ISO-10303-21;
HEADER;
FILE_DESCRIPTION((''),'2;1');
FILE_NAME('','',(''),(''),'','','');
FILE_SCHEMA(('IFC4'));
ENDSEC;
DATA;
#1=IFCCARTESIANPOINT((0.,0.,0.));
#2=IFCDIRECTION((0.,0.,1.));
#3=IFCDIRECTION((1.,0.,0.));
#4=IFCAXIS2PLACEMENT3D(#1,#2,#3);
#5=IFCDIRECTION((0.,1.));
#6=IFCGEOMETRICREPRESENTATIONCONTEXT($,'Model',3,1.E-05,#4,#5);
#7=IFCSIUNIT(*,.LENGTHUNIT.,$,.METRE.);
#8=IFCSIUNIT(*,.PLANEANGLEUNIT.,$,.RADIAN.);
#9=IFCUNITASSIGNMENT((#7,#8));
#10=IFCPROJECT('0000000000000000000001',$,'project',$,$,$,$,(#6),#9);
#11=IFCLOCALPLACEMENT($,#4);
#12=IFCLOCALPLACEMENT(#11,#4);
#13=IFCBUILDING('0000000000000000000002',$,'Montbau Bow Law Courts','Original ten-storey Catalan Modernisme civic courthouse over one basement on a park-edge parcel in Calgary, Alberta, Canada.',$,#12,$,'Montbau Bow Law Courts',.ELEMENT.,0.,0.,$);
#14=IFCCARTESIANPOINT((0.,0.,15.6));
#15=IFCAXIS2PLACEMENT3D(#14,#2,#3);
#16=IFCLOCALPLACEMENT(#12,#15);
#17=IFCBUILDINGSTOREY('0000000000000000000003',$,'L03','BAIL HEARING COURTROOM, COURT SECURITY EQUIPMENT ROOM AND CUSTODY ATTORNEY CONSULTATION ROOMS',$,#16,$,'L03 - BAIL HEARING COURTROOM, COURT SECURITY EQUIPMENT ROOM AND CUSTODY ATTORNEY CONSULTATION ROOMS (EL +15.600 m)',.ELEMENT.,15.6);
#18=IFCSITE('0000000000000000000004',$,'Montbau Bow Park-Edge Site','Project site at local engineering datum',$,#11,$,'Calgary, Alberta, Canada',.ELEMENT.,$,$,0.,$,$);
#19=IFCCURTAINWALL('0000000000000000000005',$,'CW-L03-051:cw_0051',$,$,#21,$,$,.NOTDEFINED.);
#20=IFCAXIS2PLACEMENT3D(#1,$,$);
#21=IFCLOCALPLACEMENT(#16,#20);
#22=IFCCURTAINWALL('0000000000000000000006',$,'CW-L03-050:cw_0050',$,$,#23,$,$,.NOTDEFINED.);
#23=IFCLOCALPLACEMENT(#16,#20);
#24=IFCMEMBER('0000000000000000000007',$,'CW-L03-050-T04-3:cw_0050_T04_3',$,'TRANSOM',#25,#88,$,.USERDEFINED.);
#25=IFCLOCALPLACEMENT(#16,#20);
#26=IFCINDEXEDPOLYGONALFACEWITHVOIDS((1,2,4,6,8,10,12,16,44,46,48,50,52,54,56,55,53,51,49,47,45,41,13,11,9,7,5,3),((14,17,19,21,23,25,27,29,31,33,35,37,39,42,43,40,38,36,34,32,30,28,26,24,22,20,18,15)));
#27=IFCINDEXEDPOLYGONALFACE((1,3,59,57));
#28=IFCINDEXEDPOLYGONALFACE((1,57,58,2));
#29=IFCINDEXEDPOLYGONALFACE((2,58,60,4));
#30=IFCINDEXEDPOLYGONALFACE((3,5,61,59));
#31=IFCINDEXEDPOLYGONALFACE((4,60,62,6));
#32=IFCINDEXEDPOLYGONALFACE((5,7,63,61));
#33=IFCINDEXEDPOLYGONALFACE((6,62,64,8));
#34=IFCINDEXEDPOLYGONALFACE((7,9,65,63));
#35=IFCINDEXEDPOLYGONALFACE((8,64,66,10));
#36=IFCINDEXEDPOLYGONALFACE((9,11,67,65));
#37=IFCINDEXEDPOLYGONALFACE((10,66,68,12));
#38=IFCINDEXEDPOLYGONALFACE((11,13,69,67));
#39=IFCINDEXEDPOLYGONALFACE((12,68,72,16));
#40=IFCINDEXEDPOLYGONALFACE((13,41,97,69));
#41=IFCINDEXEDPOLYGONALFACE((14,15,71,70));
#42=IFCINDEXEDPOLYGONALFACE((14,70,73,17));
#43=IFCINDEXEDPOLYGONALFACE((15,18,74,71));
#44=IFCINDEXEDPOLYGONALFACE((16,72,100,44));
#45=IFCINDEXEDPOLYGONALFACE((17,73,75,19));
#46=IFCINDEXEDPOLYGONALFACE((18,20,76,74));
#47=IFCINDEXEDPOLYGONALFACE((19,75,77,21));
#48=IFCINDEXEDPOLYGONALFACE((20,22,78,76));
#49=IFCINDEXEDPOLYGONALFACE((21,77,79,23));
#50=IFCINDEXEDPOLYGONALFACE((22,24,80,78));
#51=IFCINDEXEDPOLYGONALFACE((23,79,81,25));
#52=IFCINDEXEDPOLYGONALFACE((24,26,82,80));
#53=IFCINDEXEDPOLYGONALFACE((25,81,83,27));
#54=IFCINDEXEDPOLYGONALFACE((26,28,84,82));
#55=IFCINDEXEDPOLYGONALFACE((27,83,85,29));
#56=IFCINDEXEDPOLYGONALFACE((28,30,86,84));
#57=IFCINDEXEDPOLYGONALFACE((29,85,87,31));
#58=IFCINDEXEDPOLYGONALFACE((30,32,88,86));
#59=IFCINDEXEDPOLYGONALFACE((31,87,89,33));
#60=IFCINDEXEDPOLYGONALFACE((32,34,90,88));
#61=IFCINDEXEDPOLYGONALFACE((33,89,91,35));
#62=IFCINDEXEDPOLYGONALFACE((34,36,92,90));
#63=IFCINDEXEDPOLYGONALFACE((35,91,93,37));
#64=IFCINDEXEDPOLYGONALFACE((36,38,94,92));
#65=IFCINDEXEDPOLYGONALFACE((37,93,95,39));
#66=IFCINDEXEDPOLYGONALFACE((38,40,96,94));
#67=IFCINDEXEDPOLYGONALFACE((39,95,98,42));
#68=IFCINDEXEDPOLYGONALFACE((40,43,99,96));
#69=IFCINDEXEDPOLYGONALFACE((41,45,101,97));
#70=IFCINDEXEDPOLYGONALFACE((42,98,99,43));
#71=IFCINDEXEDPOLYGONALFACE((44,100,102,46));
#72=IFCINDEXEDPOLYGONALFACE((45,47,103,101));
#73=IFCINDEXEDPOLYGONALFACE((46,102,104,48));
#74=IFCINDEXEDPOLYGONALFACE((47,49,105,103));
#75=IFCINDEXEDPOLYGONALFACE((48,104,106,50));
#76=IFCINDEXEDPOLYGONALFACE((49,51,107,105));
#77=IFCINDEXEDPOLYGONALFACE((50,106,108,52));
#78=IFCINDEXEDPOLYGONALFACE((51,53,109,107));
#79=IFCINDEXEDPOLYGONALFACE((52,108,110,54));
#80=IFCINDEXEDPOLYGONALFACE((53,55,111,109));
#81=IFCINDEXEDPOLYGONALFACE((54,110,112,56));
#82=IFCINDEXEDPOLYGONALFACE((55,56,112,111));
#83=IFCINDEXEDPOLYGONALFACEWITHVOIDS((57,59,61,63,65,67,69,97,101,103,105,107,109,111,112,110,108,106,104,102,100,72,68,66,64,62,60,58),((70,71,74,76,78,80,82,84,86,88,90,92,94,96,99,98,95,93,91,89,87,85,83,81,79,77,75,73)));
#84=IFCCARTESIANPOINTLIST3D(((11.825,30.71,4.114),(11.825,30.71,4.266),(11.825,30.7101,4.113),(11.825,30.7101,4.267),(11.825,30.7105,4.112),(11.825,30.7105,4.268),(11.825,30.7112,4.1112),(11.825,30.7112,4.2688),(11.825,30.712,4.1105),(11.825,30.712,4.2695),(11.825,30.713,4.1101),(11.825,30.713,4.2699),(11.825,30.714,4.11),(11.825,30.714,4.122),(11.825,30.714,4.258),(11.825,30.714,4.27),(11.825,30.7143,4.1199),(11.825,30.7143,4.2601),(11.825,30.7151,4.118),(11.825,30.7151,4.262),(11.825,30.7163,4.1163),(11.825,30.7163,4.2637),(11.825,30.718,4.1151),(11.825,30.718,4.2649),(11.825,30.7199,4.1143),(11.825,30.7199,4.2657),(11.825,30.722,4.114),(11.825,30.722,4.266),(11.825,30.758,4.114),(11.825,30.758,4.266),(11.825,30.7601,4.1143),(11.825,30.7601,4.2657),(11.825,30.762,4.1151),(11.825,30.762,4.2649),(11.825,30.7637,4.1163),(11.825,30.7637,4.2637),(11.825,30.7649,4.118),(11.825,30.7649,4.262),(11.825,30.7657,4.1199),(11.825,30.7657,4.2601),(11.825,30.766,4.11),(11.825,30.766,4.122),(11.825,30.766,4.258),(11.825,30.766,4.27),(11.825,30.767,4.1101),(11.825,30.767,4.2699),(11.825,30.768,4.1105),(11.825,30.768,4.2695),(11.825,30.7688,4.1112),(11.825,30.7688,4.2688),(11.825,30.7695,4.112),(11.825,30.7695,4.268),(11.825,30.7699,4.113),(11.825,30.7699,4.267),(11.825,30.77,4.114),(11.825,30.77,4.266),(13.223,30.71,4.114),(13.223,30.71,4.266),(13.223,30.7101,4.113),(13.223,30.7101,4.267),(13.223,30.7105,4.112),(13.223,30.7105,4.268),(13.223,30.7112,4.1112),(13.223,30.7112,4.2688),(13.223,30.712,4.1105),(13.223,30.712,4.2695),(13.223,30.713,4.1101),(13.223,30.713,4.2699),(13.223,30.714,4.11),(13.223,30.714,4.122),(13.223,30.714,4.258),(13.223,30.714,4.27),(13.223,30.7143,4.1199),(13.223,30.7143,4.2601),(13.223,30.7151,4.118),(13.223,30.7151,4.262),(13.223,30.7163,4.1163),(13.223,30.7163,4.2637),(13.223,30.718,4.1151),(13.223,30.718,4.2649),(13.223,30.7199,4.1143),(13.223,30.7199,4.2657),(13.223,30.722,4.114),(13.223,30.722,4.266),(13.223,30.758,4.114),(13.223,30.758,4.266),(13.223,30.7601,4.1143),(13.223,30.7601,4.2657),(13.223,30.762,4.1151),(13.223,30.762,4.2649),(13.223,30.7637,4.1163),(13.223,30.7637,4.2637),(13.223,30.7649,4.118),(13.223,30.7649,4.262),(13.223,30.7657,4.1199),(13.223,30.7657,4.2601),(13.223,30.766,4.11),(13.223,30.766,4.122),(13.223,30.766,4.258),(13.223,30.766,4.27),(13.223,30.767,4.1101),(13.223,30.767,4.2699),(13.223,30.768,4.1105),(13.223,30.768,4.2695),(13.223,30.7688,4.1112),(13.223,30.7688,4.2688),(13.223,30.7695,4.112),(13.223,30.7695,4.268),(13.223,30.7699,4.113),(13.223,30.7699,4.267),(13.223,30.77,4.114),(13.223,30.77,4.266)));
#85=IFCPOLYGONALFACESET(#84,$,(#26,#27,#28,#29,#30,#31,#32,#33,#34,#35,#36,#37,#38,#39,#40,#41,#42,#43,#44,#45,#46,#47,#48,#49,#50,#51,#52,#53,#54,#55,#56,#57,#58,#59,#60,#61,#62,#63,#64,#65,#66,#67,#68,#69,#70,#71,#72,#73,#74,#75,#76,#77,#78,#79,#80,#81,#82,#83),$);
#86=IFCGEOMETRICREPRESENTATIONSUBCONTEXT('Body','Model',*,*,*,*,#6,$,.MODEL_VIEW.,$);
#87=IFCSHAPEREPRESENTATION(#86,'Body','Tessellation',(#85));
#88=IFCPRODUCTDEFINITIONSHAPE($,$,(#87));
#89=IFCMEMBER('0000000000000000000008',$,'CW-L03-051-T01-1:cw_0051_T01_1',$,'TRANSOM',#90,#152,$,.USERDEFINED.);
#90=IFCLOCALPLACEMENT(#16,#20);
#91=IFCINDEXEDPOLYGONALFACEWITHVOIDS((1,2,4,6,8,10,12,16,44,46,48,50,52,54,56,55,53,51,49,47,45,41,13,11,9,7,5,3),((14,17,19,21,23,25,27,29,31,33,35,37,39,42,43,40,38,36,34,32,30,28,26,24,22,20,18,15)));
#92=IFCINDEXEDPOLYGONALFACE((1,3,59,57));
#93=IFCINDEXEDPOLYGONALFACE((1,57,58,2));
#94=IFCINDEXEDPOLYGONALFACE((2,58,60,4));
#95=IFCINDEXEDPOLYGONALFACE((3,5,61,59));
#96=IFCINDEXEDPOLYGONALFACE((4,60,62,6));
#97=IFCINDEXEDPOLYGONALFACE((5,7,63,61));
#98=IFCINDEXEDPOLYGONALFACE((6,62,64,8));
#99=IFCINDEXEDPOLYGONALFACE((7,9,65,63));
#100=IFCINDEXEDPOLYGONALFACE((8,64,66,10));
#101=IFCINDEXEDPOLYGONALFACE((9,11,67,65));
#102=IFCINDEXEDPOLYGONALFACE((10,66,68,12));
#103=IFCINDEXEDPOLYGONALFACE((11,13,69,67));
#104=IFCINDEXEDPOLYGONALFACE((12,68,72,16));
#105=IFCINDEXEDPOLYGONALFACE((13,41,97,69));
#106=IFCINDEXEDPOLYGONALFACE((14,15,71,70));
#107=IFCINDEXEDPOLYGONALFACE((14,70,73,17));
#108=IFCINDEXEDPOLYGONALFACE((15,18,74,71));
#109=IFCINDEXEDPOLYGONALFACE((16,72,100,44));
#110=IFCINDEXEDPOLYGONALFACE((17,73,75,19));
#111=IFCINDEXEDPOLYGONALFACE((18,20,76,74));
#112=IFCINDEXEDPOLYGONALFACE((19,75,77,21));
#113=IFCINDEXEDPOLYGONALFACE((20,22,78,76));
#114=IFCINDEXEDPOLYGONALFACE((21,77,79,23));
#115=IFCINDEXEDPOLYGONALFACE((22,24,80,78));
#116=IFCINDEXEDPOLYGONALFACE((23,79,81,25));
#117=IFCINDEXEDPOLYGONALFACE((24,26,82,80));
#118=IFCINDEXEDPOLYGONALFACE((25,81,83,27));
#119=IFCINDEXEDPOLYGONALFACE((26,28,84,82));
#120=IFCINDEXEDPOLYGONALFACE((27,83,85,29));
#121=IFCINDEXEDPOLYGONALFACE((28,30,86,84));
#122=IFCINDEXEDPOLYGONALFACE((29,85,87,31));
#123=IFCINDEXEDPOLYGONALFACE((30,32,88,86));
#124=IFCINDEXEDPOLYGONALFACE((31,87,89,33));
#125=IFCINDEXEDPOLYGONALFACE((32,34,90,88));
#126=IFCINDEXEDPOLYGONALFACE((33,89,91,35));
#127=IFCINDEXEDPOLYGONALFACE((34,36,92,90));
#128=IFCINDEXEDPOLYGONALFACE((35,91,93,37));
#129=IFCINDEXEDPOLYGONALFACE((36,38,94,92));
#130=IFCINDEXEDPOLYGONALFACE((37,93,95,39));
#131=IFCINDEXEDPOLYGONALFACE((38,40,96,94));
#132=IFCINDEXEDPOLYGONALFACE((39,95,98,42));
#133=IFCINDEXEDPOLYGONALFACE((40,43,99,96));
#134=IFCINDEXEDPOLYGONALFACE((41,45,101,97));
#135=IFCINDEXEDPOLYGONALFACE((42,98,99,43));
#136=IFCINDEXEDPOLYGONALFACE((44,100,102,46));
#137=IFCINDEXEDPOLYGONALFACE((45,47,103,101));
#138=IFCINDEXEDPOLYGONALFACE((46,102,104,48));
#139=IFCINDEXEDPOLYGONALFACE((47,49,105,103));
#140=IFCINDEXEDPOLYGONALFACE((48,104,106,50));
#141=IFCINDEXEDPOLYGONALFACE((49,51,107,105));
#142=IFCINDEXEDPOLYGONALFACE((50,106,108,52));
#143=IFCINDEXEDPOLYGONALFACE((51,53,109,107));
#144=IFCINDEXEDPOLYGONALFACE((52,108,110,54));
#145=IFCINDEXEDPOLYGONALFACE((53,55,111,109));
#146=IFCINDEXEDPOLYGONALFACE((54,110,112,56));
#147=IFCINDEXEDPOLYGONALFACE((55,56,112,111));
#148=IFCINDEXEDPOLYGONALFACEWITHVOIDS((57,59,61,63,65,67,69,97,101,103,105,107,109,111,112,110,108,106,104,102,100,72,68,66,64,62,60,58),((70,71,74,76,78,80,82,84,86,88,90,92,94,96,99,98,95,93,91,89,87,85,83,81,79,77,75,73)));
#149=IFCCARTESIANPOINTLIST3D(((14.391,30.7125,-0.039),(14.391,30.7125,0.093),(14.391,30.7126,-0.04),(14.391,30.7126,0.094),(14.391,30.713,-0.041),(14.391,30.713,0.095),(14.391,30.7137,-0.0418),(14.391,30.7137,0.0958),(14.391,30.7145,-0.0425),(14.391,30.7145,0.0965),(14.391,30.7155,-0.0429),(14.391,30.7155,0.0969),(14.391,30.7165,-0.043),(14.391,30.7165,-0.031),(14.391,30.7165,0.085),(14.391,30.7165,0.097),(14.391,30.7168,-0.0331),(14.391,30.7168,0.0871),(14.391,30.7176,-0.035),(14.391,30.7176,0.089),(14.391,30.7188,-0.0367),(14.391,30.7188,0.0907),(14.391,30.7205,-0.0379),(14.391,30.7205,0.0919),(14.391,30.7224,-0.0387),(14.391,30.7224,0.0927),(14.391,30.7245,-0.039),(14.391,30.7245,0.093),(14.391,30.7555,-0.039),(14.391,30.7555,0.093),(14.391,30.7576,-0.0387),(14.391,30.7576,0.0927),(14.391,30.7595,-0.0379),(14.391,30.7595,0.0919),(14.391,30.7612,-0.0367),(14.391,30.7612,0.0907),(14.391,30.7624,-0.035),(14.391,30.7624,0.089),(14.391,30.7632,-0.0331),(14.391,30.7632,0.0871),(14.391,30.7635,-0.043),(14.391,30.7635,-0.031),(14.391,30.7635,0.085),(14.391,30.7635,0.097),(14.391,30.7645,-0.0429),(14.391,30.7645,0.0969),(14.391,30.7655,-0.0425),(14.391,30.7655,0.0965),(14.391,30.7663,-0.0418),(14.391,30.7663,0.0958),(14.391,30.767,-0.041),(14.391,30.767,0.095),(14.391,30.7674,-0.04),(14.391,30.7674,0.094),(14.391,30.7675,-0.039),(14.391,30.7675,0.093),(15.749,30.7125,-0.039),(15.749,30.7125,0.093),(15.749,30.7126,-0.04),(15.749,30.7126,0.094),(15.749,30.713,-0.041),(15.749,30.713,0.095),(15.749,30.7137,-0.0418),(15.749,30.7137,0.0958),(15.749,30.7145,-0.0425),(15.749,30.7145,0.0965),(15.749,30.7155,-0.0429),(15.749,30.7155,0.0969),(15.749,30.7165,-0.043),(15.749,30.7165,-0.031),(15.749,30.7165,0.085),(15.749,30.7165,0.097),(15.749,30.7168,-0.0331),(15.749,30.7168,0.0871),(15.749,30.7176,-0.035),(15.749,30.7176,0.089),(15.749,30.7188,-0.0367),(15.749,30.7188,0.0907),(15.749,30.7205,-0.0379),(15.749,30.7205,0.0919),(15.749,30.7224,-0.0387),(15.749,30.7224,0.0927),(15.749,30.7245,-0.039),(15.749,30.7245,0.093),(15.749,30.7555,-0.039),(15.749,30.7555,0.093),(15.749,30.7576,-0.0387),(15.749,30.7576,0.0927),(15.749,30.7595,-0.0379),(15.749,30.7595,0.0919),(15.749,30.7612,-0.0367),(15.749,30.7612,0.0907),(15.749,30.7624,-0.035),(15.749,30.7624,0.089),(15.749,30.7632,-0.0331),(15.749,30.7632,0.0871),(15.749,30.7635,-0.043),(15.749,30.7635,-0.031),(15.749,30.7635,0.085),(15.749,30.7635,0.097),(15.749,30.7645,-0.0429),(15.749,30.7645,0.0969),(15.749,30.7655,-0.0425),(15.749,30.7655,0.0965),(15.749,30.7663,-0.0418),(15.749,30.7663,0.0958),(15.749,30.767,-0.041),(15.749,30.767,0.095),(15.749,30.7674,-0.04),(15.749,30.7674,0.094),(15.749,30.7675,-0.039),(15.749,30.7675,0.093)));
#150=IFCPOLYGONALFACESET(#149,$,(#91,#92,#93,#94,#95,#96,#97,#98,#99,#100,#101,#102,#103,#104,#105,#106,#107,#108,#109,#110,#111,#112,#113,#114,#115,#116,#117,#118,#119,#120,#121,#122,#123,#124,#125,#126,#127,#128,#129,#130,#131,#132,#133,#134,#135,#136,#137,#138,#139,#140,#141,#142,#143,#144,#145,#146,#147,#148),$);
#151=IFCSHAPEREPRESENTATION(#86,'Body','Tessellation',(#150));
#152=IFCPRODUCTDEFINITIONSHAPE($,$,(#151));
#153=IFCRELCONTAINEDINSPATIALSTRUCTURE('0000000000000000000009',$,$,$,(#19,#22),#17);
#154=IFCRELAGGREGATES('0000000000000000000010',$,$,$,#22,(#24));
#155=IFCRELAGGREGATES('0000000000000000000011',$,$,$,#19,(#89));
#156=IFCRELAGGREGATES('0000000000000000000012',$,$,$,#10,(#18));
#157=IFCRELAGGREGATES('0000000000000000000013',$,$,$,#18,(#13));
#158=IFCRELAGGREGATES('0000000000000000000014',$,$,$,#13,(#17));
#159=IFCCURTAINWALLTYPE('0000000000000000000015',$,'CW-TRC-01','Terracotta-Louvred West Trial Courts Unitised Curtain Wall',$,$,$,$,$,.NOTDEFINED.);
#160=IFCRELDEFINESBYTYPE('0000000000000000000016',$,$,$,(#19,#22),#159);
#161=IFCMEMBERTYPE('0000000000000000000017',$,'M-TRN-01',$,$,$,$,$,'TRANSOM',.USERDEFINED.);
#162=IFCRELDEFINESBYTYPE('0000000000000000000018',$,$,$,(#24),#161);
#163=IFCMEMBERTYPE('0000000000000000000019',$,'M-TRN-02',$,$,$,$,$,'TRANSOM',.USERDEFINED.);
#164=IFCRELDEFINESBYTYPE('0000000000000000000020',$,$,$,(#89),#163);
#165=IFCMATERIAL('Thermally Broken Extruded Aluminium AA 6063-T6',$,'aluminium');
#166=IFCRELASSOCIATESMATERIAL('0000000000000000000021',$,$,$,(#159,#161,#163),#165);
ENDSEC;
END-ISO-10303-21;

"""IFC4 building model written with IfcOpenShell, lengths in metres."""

from ifc_helpers import new_model, si_unit, direction, frame, origin_with_axes, origin_2d_with_axis, place, context, subcontext, project, spatial, hollow_rectangle, extrude, material, material_profile, profile_set, type_object, element, aggregate, save


model = new_model("IFC4")

# Units and contexts
model_context = context("Model", 3, precision=1e-05, world=origin_with_axes(), true_north=direction((0.0, 1.0)))
body_context = subcontext(model_context, "Body", "Model", "MODEL_VIEW")
ifc_project = project(units=[si_unit("LENGTHUNIT", "METRE"), si_unit("PLANEANGLEUNIT", "RADIAN")], contexts=[model_context])

# Site, building, storey
site_placement = place(None, origin_with_axes())
site = spatial("IfcSite", under=ifc_project, at=site_placement, Name="Montbau Bow Park-Edge Site", Description="Project site at local engineering datum", LongName="Calgary, Alberta, Canada", CompositionType="ELEMENT", RefElevation=0.0)
building_placement = place(site_placement, origin_with_axes())
building = spatial("IfcBuilding", under=site, at=building_placement, Name="Montbau Bow Law Courts", Description="Original ten-storey Catalan Modernisme civic courthouse over one basement on a park-edge parcel in Calgary, Alberta, Canada.", LongName="Montbau Bow Law Courts", CompositionType="ELEMENT", ElevationOfRefHeight=0.0, ElevationOfTerrain=0.0)
storey_placement = place(building_placement, frame((0.0, 0.0, 15.6), z_axis=(0.0, 0.0, 1.0), x_axis=(1.0, 0.0, 0.0)))
storey = spatial("IfcBuildingStorey", under=building, at=storey_placement, Name="L03", Description="BAIL HEARING COURTROOM, COURT SECURITY EQUIPMENT ROOM AND CUSTODY ATTORNEY CONSULTATION ROOMS", LongName="L03 - BAIL HEARING COURTROOM, COURT SECURITY EQUIPMENT ROOM AND CUSTODY ATTORNEY CONSULTATION ROOMS (EL +15.600 m)", CompositionType="ELEMENT", Elevation=15.6)

# Curtain walls, member
ifc_material_1 = material(Name="Thermally Broken Extruded Aluminium AA 6063-T6", Category="aluminium")
curtain_wall_type = type_object("IfcCurtainWallType", Name="CW-TRC-01", Description="Terracotta-Louvred West Trial Courts Unitised Curtain Wall", PredefinedType="NOTDEFINED", material=ifc_material_1)
curtain_wall_1_placement = place(None, frame((14.315, 30.74, 15.6), z_axis=(0.0, 0.0, 1.0), x_axis=(1.0, 0.0, 0.0)))
curtain_wall_1 = element("IfcCurtainWall", 1, at=curtain_wall_1_placement, inside=storey, type_object=curtain_wall_type, Name="CW-L03-051:cw_0051", PredefinedType="NOTDEFINED")
curtain_wall_2_placement = place(None, frame((7.315, 30.74, 15.6), z_axis=(0.0, 0.0, 1.0), x_axis=(1.0, 0.0, 0.0)))
curtain_wall_2 = element("IfcCurtainWall", 2, at=curtain_wall_2_placement, inside=storey, type_object=curtain_wall_type, Name="CW-L03-050:cw_0050", PredefinedType="NOTDEFINED")
ifc_material_profile_1 = material_profile(ifc_material_1, hollow_rectangle(XDim=0.06, YDim=0.16, WallThickness=0.004, InnerFilletRadius=0.008, OuterFilletRadius=0.004, at=origin_2d_with_axis()), Name="CWT-160X60", Category="Main", Priority=0)
ifc_profile_set_1 = profile_set([ifc_material_profile_1], Name="Thermally Broken Extruded Aluminium AA 6063-T6")
member_type_1 = type_object("IfcMemberType", Name="M-TRN-01", ElementType="TRANSOM", PredefinedType="USERDEFINED", material=ifc_profile_set_1)
member_1_placement = place(None, frame((11.825, 30.74, 19.79), z_axis=(1.0, 0.0, 0.0), x_axis=(0.0, 1.0, 0.0)))
member_1 = element("IfcMember", 3, at=member_1_placement, type_object=member_type_1, Name="CW-L03-050-T04-3:cw_0050_T04_3", ObjectType="TRANSOM", PredefinedType="USERDEFINED", context=body_context, shape_type="SweptSolid", body=[
    extrude(hollow_rectangle(XDim=0.06, YDim=0.16, WallThickness=0.004, InnerFilletRadius=0.008, OuterFilletRadius=0.004, at=origin_2d_with_axis()), origin_with_axes(), (0.0, 0.0, 1.0), 1.398),
])
aggregate(curtain_wall_2, [member_1])

# Member
ifc_material_profile_2 = material_profile(ifc_material_1, hollow_rectangle(XDim=0.055, YDim=0.14, WallThickness=0.004, InnerFilletRadius=0.008, OuterFilletRadius=0.004, at=origin_2d_with_axis()), Name="CWT-140X55", Category="Main", Priority=0)
ifc_profile_set_2 = profile_set([ifc_material_profile_2], Name="Thermally Broken Extruded Aluminium AA 6063-T6")
member_type_2 = type_object("IfcMemberType", Name="M-TRN-02", ElementType="TRANSOM", PredefinedType="USERDEFINED", material=ifc_profile_set_2)
member_2_placement = place(None, frame((14.391, 30.74, 15.627), z_axis=(1.0, 0.0, 0.0), x_axis=(0.0, 1.0, 0.0)))
member_2 = element("IfcMember", 4, at=member_2_placement, type_object=member_type_2, Name="CW-L03-051-T01-1:cw_0051_T01_1", ObjectType="TRANSOM", PredefinedType="USERDEFINED", context=body_context, shape_type="SweptSolid", body=[
    extrude(hollow_rectangle(XDim=0.055, YDim=0.14, WallThickness=0.004, InnerFilletRadius=0.008, OuterFilletRadius=0.004, at=origin_2d_with_axis()), origin_with_axes(), (0.0, 0.0, 1.0), 1.358),
])

aggregate(curtain_wall_1, [member_2])

save(model, "model.ifc")
